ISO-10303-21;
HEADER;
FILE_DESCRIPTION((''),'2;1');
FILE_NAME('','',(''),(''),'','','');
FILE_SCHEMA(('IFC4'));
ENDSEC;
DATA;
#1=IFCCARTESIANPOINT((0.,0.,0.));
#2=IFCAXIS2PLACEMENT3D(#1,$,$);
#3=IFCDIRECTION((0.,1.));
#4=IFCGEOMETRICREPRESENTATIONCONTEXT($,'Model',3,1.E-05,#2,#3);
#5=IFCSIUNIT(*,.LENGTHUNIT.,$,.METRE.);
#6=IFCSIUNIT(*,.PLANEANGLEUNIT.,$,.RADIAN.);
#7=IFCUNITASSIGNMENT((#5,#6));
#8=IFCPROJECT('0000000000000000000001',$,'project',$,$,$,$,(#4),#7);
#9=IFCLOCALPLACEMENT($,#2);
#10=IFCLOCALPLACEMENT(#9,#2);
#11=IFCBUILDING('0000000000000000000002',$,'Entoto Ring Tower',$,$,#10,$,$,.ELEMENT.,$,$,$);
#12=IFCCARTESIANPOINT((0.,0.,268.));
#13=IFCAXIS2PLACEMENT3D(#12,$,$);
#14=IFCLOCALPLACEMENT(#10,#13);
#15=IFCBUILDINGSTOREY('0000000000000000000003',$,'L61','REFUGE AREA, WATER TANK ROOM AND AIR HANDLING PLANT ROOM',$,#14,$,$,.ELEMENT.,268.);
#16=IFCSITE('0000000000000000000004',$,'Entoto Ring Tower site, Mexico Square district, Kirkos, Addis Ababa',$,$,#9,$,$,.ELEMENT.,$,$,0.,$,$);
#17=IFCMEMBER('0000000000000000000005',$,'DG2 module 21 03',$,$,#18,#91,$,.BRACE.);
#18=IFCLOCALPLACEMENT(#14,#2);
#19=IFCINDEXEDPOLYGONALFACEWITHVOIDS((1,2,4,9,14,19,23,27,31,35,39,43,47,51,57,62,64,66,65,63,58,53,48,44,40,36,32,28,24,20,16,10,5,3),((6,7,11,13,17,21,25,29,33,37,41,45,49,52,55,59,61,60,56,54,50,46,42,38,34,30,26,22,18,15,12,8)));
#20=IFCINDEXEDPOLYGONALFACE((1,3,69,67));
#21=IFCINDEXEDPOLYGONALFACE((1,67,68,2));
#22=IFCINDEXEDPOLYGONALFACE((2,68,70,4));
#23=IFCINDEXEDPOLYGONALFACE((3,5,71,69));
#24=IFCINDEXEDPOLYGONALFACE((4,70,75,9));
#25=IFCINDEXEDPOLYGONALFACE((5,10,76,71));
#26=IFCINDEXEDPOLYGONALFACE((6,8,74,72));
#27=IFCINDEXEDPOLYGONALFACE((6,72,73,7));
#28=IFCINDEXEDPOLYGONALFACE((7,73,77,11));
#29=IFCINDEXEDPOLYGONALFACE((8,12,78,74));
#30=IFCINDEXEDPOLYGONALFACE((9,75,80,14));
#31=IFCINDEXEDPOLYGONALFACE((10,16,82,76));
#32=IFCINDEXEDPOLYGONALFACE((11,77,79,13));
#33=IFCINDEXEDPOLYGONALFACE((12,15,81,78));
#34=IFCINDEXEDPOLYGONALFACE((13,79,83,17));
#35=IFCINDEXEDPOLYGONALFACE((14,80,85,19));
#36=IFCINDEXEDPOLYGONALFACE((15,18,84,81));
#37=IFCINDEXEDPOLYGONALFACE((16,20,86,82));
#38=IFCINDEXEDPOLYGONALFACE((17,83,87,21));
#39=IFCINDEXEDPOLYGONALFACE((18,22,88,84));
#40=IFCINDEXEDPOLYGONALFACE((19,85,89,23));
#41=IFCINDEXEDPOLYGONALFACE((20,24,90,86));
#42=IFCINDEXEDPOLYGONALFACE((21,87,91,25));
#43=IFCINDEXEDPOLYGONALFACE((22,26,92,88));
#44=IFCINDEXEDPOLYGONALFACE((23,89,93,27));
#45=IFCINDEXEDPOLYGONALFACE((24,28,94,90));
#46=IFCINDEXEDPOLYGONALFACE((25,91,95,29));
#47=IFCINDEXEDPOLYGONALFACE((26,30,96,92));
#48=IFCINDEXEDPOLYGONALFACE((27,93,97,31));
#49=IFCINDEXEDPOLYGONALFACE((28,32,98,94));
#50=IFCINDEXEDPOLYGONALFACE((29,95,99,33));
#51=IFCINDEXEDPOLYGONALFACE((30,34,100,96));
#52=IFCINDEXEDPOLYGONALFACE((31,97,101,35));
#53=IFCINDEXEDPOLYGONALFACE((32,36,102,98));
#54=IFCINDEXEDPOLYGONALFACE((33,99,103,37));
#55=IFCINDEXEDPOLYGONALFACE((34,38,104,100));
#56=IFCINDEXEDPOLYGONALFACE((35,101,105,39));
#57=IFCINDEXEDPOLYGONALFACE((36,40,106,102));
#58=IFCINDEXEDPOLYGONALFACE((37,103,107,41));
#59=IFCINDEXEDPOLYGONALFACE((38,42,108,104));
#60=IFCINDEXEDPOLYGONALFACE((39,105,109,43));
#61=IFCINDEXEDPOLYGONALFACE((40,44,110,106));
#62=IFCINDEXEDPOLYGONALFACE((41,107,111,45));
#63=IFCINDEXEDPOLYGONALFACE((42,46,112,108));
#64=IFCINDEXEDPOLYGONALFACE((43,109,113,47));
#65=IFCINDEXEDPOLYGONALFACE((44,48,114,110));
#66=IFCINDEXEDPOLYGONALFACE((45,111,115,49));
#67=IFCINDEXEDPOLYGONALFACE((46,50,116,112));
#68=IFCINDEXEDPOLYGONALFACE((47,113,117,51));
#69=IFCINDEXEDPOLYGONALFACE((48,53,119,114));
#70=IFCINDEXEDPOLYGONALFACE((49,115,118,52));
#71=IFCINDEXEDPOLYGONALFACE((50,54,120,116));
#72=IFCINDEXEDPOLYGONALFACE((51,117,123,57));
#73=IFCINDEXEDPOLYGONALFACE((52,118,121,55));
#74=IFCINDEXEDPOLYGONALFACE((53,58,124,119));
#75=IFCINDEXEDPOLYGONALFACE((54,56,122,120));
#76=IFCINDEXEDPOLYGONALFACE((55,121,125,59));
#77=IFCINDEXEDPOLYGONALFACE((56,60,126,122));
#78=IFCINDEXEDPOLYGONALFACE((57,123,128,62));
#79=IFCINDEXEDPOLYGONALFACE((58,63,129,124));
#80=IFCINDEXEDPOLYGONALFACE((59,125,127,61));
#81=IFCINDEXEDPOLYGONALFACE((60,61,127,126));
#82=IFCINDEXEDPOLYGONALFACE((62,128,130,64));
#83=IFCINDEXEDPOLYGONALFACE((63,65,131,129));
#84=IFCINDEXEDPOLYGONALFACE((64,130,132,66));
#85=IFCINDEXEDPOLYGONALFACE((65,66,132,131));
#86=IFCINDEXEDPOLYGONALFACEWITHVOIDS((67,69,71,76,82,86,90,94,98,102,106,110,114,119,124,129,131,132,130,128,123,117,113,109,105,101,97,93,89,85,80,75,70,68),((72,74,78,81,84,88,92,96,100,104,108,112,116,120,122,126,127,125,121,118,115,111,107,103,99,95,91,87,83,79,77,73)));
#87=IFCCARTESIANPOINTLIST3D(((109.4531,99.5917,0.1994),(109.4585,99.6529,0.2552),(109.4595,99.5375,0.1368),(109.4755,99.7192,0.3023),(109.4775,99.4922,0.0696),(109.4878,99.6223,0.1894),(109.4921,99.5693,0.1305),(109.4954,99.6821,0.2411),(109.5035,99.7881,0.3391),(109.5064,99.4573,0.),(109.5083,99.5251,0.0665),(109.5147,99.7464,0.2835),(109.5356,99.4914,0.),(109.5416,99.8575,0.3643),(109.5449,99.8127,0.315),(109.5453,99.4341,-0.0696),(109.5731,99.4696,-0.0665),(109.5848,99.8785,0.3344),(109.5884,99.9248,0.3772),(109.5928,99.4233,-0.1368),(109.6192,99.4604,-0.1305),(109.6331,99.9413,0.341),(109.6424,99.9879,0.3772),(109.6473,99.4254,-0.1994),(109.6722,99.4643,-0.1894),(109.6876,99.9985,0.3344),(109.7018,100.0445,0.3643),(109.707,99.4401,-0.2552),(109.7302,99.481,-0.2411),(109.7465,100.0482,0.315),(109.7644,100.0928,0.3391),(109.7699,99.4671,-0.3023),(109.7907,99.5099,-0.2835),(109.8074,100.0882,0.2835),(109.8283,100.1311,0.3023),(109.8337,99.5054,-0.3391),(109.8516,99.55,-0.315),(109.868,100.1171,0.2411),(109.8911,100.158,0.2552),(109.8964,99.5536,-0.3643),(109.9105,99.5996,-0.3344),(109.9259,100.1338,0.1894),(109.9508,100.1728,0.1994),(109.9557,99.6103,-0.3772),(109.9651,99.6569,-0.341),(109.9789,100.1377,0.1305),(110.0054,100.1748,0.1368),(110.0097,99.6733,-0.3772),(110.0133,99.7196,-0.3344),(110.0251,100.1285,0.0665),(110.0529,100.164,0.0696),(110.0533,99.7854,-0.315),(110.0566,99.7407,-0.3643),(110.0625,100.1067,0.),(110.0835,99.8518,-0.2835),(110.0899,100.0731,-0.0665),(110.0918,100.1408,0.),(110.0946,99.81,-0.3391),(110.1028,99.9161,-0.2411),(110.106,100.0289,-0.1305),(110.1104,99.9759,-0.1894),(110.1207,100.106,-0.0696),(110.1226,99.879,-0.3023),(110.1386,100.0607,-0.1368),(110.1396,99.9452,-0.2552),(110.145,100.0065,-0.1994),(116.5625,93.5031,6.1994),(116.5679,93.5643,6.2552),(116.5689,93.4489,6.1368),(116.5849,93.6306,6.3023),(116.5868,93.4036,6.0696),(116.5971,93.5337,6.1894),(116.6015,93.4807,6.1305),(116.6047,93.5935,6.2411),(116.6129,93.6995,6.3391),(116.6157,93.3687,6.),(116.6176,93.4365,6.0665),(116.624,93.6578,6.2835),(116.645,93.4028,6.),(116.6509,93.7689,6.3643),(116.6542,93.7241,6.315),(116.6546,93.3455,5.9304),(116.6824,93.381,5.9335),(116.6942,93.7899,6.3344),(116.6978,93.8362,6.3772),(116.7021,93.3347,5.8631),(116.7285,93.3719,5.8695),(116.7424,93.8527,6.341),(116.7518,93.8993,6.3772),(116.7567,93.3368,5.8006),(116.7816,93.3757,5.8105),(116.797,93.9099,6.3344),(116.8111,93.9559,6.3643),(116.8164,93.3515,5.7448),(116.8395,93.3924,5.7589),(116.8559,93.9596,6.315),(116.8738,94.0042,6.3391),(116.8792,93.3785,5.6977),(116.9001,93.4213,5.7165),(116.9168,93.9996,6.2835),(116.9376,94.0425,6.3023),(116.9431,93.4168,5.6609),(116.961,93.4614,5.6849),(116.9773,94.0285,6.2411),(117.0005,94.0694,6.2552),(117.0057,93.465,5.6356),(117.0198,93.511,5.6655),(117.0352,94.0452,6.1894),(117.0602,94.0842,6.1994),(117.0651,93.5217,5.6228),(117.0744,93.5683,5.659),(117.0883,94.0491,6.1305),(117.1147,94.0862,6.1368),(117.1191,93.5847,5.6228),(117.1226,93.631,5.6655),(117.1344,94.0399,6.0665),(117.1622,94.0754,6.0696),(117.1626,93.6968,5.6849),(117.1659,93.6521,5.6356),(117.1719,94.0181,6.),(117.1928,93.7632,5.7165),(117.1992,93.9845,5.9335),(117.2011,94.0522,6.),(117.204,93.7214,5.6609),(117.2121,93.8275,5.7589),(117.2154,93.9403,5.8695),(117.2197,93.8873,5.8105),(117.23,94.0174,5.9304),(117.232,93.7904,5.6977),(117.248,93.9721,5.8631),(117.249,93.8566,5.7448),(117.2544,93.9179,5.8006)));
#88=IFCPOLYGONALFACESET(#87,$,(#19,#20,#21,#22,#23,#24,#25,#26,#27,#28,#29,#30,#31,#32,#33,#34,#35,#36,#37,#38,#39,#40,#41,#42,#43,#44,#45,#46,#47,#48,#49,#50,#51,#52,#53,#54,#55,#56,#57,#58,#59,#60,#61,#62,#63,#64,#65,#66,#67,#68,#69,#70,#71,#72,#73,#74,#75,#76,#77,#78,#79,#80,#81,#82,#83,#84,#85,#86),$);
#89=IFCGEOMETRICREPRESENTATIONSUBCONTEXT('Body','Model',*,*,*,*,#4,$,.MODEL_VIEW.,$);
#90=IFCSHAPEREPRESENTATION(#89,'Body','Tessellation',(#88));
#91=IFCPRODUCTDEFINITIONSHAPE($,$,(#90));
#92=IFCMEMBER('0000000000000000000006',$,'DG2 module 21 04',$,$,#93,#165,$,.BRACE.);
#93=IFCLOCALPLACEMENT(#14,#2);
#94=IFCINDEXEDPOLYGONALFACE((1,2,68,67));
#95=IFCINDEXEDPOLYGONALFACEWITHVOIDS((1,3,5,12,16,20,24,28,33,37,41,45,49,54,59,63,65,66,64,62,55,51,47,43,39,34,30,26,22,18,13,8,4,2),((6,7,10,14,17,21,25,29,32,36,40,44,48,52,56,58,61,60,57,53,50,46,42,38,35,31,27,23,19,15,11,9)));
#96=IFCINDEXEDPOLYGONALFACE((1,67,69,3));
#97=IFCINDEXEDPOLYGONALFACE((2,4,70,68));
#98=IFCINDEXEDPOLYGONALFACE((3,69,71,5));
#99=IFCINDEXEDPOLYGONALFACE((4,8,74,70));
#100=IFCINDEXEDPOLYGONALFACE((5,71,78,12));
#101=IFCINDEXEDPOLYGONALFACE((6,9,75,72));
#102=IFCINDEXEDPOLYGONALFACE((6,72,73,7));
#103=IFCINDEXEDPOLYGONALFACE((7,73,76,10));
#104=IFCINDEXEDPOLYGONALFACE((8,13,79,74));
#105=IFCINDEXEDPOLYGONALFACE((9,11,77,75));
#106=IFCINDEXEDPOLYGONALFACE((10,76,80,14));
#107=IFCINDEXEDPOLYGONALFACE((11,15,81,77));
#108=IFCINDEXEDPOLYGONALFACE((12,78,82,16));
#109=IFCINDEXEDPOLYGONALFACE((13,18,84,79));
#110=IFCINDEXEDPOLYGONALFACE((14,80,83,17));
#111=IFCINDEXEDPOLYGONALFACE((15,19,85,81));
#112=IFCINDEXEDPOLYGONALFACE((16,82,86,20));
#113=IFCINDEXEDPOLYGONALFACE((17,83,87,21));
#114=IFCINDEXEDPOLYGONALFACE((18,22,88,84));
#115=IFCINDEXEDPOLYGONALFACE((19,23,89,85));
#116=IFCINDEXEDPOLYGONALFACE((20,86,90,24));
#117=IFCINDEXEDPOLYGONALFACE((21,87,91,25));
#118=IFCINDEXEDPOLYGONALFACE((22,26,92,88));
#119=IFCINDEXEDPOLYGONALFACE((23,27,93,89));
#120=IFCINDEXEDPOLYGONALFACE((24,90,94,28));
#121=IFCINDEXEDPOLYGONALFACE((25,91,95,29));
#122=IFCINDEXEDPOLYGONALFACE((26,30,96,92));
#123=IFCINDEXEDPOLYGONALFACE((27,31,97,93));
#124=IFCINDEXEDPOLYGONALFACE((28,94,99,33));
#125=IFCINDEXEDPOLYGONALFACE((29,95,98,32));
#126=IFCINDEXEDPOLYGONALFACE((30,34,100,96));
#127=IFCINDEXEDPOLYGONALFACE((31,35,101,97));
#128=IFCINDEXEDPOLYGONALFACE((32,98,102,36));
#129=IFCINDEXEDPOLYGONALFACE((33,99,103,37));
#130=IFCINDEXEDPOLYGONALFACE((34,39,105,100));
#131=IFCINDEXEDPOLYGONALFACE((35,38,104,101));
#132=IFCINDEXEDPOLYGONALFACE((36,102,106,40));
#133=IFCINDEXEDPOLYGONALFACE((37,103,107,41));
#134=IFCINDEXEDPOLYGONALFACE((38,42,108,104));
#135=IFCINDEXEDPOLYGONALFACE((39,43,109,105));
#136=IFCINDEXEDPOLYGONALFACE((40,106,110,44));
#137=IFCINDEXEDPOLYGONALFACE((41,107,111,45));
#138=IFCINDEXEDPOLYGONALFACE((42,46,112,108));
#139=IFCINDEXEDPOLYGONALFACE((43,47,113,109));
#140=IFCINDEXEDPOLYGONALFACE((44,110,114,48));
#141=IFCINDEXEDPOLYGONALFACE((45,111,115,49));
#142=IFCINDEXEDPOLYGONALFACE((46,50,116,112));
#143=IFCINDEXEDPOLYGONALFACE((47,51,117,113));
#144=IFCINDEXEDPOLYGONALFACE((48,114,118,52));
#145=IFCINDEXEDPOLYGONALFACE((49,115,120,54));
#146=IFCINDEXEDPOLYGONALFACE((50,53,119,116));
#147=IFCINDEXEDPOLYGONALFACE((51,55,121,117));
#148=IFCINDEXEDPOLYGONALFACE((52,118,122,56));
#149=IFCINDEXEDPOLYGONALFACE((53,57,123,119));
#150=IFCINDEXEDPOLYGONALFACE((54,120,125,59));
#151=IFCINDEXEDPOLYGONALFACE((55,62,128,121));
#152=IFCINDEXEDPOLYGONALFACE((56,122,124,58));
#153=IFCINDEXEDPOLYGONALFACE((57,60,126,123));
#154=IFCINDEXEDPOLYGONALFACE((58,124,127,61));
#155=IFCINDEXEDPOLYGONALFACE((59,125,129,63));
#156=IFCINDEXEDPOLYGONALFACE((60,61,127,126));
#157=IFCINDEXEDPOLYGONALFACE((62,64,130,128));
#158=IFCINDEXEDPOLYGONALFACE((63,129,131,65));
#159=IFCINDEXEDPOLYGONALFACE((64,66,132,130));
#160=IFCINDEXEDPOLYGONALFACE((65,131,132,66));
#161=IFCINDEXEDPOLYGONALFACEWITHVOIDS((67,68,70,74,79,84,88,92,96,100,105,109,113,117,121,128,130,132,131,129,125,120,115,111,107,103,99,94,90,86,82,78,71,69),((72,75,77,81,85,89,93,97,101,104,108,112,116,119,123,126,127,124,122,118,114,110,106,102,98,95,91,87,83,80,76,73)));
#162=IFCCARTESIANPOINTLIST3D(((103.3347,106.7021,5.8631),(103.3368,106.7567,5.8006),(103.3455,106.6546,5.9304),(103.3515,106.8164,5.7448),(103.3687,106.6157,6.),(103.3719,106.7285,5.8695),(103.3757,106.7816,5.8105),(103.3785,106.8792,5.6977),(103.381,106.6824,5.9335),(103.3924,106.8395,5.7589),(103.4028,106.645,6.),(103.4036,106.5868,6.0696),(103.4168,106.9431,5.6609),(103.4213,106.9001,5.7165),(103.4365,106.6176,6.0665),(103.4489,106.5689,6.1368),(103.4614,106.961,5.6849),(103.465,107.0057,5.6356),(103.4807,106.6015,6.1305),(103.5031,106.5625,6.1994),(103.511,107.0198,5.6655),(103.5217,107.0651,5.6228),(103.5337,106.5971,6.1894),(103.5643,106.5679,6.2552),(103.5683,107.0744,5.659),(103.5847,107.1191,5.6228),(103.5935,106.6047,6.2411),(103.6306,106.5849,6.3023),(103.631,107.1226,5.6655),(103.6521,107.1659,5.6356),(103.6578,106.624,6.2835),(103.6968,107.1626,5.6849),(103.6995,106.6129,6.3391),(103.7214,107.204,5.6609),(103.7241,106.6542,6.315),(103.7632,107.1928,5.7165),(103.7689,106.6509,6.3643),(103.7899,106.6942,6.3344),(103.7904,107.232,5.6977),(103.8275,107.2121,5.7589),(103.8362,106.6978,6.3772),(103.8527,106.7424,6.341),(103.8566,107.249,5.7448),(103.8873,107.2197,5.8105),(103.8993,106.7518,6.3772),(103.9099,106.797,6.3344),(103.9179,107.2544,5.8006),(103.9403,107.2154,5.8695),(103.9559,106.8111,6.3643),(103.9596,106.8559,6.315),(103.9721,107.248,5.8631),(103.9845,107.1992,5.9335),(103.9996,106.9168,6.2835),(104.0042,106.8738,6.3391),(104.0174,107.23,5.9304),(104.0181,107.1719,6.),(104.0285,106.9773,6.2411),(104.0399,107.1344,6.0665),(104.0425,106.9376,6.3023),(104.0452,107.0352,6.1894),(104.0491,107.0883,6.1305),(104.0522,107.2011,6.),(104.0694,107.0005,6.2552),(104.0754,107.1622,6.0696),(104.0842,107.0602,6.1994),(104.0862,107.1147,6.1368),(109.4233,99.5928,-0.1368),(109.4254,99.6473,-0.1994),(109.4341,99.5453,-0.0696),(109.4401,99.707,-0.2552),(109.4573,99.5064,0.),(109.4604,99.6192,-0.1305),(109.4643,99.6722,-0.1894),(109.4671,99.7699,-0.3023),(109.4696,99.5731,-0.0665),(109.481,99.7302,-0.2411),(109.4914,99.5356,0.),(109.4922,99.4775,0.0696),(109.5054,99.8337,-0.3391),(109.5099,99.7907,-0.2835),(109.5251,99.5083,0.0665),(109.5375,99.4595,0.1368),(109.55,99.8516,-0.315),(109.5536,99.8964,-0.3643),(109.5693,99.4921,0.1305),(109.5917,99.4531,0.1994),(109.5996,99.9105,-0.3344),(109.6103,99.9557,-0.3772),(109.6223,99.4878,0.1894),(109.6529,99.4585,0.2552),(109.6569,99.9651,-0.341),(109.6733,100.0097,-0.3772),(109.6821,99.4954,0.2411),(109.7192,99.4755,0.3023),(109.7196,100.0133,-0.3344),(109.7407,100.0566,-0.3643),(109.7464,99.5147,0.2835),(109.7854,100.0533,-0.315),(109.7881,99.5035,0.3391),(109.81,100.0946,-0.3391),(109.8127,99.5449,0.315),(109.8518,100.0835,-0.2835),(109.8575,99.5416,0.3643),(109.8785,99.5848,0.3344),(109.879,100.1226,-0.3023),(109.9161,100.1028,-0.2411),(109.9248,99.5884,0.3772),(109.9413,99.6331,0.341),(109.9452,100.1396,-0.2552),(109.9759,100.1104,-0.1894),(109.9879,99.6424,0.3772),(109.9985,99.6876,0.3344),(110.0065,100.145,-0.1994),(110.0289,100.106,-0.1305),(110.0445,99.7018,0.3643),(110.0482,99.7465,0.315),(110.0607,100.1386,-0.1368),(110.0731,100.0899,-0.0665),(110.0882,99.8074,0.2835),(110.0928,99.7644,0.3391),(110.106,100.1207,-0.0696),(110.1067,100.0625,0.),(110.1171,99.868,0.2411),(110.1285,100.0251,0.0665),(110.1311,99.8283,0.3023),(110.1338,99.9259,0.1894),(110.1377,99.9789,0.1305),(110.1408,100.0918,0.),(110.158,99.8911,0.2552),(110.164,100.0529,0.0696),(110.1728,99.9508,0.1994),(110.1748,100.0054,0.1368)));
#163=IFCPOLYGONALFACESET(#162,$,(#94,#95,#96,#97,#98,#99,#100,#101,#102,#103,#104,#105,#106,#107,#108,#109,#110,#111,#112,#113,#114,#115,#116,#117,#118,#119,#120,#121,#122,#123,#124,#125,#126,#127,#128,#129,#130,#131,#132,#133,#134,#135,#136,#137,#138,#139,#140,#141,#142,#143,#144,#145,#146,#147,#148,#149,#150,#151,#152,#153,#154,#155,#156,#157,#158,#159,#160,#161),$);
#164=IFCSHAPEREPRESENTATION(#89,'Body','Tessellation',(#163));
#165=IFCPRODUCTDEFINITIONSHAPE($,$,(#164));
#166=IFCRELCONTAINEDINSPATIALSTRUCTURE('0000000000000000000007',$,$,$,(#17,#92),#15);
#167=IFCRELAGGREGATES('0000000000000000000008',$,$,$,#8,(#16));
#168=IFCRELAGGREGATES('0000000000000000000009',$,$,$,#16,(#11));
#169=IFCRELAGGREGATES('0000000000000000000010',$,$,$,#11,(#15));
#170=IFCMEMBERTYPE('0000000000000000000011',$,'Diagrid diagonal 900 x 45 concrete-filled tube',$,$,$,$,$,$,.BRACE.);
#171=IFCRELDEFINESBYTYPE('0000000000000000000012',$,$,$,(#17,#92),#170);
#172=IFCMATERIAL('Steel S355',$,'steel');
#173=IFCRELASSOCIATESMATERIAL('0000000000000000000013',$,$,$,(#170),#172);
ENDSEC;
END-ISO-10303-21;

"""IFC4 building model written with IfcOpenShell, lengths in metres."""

from ifc_helpers import new_model, si_unit, direction, frame, origin, origin_2d, place, context, subcontext, project, spatial, circle, hollow_circle, extrude, material, material_profile, profile_set, type_object, element, save


model = new_model("IFC4")

# Units and contexts
model_context = context("Model", 3, precision=1e-05, world=origin(), true_north=direction((0.0, 1.0)))
body_context = subcontext(model_context, "Body", "Model", "MODEL_VIEW")
ifc_project = project(units=[si_unit("LENGTHUNIT", "METRE"), si_unit("PLANEANGLEUNIT", "RADIAN")], contexts=[model_context])

# Site, building, storey
site_placement = place(None, origin())
site = spatial("IfcSite", under=ifc_project, at=site_placement, Name="Entoto Ring Tower site, Mexico Square district, Kirkos, Addis Ababa", CompositionType="ELEMENT", RefElevation=0.0)
building_placement = place(site_placement, origin())
building = spatial("IfcBuilding", under=site, at=building_placement, Name="Entoto Ring Tower", CompositionType="ELEMENT")
storey_placement = place(building_placement, frame((0.0, 0.0, 268.0)))
storey = spatial("IfcBuildingStorey", under=building, at=storey_placement, Name="L61", Description="REFUGE AREA, WATER TANK ROOM AND AIR HANDLING PLANT ROOM", CompositionType="ELEMENT", Elevation=268.0)

# Members
ifc_material_1 = material(Name="Steel S355", Category="steel")
ifc_material_profile_1 = material_profile(ifc_material_1, hollow_circle(Radius=0.45, WallThickness=0.0449, at=origin_2d()), Name="CHS 900 x 45")
ifc_material_2 = material(Name="Concrete C60/75", Category="concrete")
ifc_material_profile_2 = material_profile(ifc_material_2, circle(Radius=0.405, at=origin_2d()), Name="Concrete C60/75 infill")
ifc_profile_set_1 = profile_set([ifc_material_profile_1, ifc_material_profile_2], Name="Steel S355")
member_type_1 = type_object("IfcMemberType", Name="Diagrid diagonal 900 x 45 concrete-filled tube", PredefinedType="BRACE", material=ifc_profile_set_1)
for number, where, z_axis, x_axis, name in (
    (1, (109.7991, 99.7991, 0.0), (0.639435, -0.547626, 0.539655), (0.650476, 0.759527, 0.0), "DG2 module 21 03"),
    (2, (109.7991, 99.7991, 0.0), (-0.547626, 0.639435, 0.539655), (-0.759527, -0.650476, 0.0), "DG2 module 21 04"),
):
    element("IfcMember", number, at=place(storey_placement, frame(where, z_axis=z_axis, x_axis=x_axis)), inside=storey, type_object=member_type_1, Name=name, PredefinedType="BRACE", context=body_context, shape_type="SweptSolid", body=[
        extrude(hollow_circle(Radius=0.45, WallThickness=0.0449, at=origin_2d()), origin(), (0.0, 0.0, 1.0), 11.1182),
    ])

save(model, "model.ifc")
